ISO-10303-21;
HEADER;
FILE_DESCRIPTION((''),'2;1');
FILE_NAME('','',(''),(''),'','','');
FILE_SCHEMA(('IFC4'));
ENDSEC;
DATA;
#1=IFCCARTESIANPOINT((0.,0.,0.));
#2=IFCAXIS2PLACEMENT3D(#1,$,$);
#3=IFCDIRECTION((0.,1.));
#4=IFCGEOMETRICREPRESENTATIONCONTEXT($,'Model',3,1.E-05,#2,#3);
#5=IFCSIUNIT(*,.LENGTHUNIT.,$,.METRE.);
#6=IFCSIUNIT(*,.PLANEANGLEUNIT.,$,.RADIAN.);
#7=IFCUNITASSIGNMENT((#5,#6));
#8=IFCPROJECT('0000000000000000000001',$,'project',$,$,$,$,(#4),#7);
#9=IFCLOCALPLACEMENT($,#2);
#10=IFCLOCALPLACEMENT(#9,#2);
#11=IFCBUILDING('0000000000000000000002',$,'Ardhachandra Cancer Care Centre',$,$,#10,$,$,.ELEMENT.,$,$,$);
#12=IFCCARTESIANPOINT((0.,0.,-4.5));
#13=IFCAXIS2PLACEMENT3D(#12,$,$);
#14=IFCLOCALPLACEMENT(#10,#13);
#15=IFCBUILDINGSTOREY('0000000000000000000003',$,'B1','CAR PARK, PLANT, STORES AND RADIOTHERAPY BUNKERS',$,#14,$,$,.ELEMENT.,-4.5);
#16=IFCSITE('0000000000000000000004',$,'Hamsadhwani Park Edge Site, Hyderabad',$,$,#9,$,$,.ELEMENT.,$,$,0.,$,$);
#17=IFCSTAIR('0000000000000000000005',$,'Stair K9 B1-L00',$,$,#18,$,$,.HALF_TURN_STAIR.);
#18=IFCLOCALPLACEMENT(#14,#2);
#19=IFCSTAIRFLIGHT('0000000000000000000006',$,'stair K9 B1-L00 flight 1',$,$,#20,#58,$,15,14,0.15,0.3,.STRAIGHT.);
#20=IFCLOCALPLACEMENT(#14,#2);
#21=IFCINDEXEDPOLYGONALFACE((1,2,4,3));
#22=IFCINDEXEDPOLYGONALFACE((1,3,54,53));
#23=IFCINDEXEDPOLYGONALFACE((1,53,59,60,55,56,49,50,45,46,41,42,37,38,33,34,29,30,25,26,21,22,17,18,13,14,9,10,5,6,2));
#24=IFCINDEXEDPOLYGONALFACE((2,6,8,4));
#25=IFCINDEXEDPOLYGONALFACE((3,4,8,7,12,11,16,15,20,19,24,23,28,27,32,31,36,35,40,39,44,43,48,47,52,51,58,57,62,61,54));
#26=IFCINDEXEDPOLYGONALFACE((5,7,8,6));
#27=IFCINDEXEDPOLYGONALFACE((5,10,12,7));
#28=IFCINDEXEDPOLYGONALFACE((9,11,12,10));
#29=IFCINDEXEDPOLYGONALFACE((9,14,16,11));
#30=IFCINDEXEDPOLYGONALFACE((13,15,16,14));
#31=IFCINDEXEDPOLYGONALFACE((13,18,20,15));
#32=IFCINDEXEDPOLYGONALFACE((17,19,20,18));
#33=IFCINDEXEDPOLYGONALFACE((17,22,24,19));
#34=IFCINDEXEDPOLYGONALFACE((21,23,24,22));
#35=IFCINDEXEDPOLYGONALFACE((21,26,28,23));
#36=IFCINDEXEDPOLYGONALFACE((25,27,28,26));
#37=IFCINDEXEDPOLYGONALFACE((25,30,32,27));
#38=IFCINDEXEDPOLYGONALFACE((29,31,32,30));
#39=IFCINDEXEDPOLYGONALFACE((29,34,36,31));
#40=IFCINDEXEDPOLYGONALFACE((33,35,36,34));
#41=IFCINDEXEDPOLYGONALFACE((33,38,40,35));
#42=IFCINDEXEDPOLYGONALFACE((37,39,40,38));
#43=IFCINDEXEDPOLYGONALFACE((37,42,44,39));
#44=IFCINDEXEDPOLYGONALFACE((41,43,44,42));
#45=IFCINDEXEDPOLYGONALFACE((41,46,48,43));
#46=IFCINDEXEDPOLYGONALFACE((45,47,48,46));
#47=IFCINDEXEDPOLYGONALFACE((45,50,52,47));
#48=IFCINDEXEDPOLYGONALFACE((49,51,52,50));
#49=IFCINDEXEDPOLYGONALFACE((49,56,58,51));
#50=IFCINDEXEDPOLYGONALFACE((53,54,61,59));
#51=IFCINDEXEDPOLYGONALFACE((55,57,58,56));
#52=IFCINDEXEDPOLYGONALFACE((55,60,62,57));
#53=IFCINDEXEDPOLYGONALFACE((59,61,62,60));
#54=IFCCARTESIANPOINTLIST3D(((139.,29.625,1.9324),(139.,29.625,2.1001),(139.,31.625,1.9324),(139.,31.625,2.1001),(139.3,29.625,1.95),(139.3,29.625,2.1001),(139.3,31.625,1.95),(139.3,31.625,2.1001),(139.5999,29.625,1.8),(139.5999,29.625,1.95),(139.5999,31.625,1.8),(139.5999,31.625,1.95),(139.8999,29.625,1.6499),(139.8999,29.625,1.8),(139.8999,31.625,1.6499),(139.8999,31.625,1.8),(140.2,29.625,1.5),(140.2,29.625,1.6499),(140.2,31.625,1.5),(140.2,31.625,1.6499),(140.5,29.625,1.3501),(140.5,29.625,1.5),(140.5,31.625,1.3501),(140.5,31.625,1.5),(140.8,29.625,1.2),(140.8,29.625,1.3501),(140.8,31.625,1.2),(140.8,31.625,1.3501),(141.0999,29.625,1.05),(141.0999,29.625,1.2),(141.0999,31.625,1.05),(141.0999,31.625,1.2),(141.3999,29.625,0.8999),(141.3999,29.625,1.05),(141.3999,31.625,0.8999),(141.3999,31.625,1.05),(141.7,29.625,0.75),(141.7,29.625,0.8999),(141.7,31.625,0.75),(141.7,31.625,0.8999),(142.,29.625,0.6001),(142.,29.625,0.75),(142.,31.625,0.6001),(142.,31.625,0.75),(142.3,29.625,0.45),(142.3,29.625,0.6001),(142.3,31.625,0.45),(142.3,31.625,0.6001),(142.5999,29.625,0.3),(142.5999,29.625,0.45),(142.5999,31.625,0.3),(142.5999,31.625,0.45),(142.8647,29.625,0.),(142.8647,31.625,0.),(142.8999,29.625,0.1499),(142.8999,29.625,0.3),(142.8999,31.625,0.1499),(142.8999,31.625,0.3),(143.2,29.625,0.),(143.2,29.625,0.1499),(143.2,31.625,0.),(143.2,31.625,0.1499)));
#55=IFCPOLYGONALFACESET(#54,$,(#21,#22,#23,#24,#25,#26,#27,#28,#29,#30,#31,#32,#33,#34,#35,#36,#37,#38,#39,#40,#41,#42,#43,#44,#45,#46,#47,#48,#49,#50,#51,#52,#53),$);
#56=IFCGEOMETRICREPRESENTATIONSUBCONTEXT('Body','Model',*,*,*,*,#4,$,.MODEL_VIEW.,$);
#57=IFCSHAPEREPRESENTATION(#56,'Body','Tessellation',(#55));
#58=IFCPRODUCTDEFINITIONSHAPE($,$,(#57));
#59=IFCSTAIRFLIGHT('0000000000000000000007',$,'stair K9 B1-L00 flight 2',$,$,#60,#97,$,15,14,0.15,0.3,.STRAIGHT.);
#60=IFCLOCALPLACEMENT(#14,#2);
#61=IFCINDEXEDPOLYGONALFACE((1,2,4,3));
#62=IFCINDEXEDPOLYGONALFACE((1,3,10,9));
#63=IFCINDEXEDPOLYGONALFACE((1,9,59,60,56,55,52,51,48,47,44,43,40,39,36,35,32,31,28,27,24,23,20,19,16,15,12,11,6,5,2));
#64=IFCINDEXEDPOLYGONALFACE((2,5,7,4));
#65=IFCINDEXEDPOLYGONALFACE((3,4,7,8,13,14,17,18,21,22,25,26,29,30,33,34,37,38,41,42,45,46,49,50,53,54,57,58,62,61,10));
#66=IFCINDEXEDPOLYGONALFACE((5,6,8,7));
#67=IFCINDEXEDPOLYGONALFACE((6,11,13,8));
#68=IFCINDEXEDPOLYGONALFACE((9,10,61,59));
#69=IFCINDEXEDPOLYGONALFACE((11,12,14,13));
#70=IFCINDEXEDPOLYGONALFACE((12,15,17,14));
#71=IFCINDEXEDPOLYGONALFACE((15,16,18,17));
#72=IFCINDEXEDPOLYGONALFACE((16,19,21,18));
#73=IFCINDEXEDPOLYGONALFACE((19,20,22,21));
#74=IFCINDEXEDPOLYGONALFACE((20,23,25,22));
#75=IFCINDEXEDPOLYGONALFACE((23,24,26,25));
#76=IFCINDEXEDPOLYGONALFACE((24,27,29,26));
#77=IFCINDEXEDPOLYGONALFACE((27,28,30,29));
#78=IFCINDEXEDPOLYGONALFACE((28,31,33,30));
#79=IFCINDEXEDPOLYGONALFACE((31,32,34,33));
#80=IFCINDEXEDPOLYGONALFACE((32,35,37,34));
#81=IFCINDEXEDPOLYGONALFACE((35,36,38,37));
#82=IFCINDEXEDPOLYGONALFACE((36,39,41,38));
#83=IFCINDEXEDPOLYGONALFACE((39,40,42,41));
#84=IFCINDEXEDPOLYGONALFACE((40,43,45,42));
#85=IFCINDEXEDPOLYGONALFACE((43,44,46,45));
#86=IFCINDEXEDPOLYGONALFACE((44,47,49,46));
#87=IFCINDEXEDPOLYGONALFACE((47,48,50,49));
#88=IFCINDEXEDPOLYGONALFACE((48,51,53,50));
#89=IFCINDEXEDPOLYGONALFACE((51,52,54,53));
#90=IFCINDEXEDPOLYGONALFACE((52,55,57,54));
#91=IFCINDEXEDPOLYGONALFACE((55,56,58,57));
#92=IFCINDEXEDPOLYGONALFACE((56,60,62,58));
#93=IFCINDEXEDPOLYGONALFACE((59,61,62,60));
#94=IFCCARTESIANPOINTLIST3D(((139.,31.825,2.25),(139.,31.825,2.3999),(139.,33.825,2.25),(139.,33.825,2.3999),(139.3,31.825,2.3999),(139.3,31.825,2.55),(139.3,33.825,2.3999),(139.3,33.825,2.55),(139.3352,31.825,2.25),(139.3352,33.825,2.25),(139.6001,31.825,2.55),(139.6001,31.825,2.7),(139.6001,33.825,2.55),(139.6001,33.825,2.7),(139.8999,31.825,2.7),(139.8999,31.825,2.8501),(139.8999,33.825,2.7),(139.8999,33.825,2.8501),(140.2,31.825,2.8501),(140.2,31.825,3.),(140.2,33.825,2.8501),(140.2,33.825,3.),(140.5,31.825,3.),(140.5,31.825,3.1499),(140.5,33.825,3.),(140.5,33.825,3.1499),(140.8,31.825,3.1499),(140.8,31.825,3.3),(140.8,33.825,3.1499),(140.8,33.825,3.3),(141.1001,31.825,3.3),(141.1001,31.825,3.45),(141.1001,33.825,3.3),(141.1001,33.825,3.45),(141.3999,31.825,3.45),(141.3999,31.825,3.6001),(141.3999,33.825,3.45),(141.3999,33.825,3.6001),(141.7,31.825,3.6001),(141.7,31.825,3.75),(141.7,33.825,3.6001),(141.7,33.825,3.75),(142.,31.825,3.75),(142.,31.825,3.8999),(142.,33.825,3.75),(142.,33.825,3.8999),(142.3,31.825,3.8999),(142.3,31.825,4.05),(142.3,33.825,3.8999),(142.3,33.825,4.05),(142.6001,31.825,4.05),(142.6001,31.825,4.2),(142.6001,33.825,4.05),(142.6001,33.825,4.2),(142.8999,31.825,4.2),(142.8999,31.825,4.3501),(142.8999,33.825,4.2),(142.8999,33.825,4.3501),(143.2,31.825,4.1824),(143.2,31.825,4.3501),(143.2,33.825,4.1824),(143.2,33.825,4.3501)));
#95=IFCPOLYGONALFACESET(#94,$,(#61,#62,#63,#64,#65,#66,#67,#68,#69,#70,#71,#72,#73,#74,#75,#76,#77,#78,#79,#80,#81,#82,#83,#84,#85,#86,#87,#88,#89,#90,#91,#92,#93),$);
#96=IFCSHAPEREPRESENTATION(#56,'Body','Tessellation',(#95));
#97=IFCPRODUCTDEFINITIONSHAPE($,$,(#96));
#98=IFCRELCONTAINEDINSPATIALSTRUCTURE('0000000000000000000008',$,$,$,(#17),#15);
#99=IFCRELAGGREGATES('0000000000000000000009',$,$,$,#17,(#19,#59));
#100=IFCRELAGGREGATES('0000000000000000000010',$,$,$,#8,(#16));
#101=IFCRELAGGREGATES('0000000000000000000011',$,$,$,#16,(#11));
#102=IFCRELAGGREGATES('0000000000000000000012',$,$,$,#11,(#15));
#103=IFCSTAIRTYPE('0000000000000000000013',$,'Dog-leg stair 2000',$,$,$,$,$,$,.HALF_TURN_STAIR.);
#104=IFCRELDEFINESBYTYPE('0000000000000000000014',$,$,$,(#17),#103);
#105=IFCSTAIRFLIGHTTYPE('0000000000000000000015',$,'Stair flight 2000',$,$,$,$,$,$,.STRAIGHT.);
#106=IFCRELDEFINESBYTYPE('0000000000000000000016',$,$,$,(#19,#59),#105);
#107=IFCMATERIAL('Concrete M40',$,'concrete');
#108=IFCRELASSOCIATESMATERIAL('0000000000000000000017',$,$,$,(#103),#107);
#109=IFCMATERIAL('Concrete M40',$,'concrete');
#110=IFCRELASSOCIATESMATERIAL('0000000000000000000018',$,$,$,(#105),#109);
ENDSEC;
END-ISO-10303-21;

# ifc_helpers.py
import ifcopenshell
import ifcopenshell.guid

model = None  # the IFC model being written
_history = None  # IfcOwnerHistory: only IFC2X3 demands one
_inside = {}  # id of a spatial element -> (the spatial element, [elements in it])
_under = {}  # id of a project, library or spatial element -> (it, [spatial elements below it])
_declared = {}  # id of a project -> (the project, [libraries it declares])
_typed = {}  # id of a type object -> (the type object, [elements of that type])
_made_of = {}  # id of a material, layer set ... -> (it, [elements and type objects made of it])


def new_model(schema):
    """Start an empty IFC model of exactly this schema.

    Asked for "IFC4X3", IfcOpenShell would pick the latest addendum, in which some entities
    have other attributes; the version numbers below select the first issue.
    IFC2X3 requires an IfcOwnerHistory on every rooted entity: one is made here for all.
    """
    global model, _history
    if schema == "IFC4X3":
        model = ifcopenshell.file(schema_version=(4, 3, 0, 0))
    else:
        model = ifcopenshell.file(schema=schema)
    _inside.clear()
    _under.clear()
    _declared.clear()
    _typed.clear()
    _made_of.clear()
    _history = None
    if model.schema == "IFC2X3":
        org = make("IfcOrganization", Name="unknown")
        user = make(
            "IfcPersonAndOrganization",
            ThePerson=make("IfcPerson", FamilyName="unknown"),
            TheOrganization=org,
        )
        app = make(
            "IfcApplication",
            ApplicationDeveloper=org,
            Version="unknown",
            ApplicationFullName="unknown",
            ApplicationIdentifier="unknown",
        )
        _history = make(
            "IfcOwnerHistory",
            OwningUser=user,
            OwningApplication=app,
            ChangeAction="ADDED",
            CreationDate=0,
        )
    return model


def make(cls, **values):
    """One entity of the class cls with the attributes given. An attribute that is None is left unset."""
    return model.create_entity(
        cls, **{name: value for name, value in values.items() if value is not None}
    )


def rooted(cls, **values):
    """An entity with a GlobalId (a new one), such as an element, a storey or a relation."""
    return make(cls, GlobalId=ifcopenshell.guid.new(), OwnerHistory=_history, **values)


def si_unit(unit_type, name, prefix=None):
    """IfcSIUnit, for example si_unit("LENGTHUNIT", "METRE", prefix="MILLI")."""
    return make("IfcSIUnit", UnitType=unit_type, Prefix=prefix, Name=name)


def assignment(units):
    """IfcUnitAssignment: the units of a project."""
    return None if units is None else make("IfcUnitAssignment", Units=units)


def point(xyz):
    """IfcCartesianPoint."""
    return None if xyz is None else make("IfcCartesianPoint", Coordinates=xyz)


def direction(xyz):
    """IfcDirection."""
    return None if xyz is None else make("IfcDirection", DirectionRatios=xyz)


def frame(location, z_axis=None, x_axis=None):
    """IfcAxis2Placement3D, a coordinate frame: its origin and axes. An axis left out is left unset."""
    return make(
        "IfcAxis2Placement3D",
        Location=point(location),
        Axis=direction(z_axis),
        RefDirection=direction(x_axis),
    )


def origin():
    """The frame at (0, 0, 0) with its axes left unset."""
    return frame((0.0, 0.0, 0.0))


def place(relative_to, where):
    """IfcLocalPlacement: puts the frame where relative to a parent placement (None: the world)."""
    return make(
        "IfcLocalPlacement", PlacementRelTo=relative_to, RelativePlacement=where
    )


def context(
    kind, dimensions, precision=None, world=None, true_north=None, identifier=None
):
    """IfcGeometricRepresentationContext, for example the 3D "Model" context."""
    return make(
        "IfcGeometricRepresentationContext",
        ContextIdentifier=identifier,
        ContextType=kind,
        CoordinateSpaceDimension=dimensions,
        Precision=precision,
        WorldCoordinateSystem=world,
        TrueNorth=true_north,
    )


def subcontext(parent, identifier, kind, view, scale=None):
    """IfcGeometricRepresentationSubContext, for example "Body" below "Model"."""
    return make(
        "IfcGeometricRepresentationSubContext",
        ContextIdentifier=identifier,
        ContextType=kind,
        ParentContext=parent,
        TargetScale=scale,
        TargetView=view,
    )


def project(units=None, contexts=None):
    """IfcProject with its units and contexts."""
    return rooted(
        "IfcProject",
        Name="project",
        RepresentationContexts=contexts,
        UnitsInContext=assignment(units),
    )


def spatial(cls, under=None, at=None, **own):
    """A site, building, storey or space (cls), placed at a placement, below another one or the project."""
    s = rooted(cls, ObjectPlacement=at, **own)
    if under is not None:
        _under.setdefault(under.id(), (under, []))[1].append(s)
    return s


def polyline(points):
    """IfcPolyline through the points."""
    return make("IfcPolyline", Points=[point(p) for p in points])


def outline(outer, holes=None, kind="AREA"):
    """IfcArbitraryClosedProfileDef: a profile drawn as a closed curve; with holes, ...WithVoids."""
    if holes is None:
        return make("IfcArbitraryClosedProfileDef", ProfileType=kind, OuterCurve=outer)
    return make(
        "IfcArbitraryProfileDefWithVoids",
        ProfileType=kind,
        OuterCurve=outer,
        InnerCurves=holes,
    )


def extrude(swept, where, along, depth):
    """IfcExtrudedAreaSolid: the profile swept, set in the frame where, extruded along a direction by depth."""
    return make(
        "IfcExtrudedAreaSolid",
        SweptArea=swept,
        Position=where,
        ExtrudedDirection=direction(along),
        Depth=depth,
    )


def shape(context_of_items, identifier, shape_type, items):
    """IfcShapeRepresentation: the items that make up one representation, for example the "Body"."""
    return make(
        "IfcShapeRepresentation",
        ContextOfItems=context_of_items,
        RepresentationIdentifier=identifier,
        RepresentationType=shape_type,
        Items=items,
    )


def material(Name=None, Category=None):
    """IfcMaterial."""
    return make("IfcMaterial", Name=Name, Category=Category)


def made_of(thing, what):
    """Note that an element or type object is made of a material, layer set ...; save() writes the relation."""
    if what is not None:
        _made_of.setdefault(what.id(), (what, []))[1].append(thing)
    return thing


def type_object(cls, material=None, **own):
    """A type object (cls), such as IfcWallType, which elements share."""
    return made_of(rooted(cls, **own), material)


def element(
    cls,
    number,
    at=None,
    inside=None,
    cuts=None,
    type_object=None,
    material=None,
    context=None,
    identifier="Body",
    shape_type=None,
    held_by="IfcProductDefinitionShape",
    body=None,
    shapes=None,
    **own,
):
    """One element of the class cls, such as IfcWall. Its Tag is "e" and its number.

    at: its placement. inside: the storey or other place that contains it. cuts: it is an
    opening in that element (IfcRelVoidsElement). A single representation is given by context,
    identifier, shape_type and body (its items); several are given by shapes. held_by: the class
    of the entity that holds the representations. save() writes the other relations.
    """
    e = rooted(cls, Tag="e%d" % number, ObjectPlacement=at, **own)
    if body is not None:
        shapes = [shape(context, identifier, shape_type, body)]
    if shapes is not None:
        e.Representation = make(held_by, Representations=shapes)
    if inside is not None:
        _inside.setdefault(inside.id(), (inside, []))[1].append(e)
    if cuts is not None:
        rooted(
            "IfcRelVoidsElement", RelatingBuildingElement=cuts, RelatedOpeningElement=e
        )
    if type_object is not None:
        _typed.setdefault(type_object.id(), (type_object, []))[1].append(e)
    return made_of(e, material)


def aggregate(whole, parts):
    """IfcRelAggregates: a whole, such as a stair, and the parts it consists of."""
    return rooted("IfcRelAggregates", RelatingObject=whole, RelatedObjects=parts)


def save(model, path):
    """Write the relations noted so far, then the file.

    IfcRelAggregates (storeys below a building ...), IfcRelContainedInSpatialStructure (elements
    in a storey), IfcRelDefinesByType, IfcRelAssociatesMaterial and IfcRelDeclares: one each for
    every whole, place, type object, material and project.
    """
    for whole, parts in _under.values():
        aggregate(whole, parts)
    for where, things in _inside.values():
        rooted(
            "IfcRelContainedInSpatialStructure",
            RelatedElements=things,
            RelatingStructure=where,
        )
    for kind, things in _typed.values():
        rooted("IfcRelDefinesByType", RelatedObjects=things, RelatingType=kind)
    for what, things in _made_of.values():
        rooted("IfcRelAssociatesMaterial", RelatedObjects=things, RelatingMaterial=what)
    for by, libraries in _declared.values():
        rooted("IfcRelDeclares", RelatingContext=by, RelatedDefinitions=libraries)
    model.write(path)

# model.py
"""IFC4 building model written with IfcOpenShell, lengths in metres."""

from ifc_helpers import new_model, si_unit, direction, frame, origin, place, context, subcontext, project, spatial, polyline, outline, extrude, material, type_object, element, aggregate, save


model = new_model("IFC4")

# Units and contexts
model_context = context("Model", 3, precision=1e-05, world=origin(), true_north=direction((0.0, 1.0)))
body_context = subcontext(model_context, "Body", "Model", "MODEL_VIEW")
ifc_project = project(units=[si_unit("LENGTHUNIT", "METRE"), si_unit("PLANEANGLEUNIT", "RADIAN")], contexts=[model_context])

# Site, building, storey
site_placement = place(None, origin())
site = spatial("IfcSite", under=ifc_project, at=site_placement, Name="Hamsadhwani Park Edge Site, Hyderabad", CompositionType="ELEMENT", RefElevation=0.0)
building_placement = place(site_placement, origin())
building = spatial("IfcBuilding", under=site, at=building_placement, Name="Ardhachandra Cancer Care Centre", CompositionType="ELEMENT")
storey_placement = place(building_placement, frame((0.0, 0.0, -4.5)))
storey = spatial("IfcBuildingStorey", under=building, at=storey_placement, Name="B1", Description="CAR PARK, PLANT, STORES AND RADIOTHERAPY BUNKERS", CompositionType="ELEMENT", Elevation=-4.5)

# Stair, stair flights
ifc_material_1 = material(Name="Concrete M40", Category="concrete")
stair_type = type_object("IfcStairType", Name="Dog-leg stair 2000", PredefinedType="HALF_TURN_STAIR", material=ifc_material_1)
stair_placement = place(storey_placement, origin())
stair = element("IfcStair", 1, at=stair_placement, inside=storey, type_object=stair_type, Name="Stair K9 B1-L00", PredefinedType="HALF_TURN_STAIR")
ifc_material_2 = material(Name="Concrete M40", Category="concrete")
stair_flight_type = type_object("IfcStairFlightType", Name="Stair flight 2000", PredefinedType="STRAIGHT", material=ifc_material_2)
stair_flight_1_placement = place(storey_placement, frame((143.2, 30.625, 0.0), z_axis=(0.0, 0.0, 1.0), x_axis=(-1.0, 0.0, 0.0)))
stair_flight_1 = element("IfcStairFlight", 2, at=stair_flight_1_placement, type_object=stair_flight_type, Name="stair K9 B1-L00 flight 1", NumberOfRisers=15, NumberOfTreads=14, PredefinedType="STRAIGHT", RiserHeight=0.15, TreadLength=0.3, context=body_context, shape_type="SweptSolid", body=[
    extrude(outline(polyline([(0.0, 0.0), (0.0, 0.1499), (0.3, 0.1499), (0.3, 0.3), (0.6001, 0.3), (0.6001, 0.45), (0.8999, 0.45), (0.8999, 0.6001), (1.2, 0.6001), (1.2, 0.75), (1.5, 0.75), (1.5, 0.8999), (1.8, 0.8999), (1.8, 1.05), (2.1001, 1.05), (2.1001, 1.2), (2.3999, 1.2), (2.3999, 1.3501), (2.7, 1.3501), (2.7, 1.5), (3.0, 1.5), (3.0, 1.6499), (3.3, 1.6499), (3.3, 1.8), (3.6001, 1.8), (3.6001, 1.95), (3.8999, 1.95), (3.8999, 2.1001), (4.2, 2.1001), (4.2, 2.25), (4.2, 1.9324), (0.3352, 0.0), (0.0, 0.0)])), frame((0.0, 1.0, 0.0), z_axis=(0.0, -1.0, 0.0), x_axis=(1.0, 0.0, 0.0)), (0.0, 0.0, 1.0), 2.0),
])
stair_flight_2_placement = place(storey_placement, frame((139.0, 32.825, 2.25), z_axis=(0.0, 0.0, 1.0), x_axis=(1.0, 0.0, 0.0)))
stair_flight_2 = element("IfcStairFlight", 3, at=stair_flight_2_placement, type_object=stair_flight_type, Name="stair K9 B1-L00 flight 2", NumberOfRisers=15, NumberOfTreads=14, PredefinedType="STRAIGHT", RiserHeight=0.15, TreadLength=0.3, context=body_context, shape_type="SweptSolid", body=[
    extrude(outline(polyline([(0.0, 0.0), (0.0, 0.1499), (0.3, 0.1499), (0.3, 0.3), (0.6001, 0.3), (0.6001, 0.45), (0.8999, 0.45), (0.8999, 0.6001), (1.2, 0.6001), (1.2, 0.75), (1.5, 0.75), (1.5, 0.8999), (1.8, 0.8999), (1.8, 1.05), (2.1001, 1.05), (2.1001, 1.2), (2.3999, 1.2), (2.3999, 1.3501), (2.7, 1.3501), (2.7, 1.5), (3.0, 1.5), (3.0, 1.6499), (3.3, 1.6499), (3.3, 1.8), (3.6001, 1.8), (3.6001, 1.95), (3.8999, 1.95), (3.8999, 2.1001), (4.2, 2.1001), (4.2, 2.25), (4.2, 1.9324), (0.3352, 0.0), (0.0, 0.0)])), frame((0.0, 1.0, 0.0), z_axis=(0.0, -1.0, 0.0), x_axis=(1.0, 0.0, 0.0)), (0.0, 0.0, 1.0), 2.0),
])
aggregate(stair, [stair_flight_1, stair_flight_2])

save(model, "model.ifc")
